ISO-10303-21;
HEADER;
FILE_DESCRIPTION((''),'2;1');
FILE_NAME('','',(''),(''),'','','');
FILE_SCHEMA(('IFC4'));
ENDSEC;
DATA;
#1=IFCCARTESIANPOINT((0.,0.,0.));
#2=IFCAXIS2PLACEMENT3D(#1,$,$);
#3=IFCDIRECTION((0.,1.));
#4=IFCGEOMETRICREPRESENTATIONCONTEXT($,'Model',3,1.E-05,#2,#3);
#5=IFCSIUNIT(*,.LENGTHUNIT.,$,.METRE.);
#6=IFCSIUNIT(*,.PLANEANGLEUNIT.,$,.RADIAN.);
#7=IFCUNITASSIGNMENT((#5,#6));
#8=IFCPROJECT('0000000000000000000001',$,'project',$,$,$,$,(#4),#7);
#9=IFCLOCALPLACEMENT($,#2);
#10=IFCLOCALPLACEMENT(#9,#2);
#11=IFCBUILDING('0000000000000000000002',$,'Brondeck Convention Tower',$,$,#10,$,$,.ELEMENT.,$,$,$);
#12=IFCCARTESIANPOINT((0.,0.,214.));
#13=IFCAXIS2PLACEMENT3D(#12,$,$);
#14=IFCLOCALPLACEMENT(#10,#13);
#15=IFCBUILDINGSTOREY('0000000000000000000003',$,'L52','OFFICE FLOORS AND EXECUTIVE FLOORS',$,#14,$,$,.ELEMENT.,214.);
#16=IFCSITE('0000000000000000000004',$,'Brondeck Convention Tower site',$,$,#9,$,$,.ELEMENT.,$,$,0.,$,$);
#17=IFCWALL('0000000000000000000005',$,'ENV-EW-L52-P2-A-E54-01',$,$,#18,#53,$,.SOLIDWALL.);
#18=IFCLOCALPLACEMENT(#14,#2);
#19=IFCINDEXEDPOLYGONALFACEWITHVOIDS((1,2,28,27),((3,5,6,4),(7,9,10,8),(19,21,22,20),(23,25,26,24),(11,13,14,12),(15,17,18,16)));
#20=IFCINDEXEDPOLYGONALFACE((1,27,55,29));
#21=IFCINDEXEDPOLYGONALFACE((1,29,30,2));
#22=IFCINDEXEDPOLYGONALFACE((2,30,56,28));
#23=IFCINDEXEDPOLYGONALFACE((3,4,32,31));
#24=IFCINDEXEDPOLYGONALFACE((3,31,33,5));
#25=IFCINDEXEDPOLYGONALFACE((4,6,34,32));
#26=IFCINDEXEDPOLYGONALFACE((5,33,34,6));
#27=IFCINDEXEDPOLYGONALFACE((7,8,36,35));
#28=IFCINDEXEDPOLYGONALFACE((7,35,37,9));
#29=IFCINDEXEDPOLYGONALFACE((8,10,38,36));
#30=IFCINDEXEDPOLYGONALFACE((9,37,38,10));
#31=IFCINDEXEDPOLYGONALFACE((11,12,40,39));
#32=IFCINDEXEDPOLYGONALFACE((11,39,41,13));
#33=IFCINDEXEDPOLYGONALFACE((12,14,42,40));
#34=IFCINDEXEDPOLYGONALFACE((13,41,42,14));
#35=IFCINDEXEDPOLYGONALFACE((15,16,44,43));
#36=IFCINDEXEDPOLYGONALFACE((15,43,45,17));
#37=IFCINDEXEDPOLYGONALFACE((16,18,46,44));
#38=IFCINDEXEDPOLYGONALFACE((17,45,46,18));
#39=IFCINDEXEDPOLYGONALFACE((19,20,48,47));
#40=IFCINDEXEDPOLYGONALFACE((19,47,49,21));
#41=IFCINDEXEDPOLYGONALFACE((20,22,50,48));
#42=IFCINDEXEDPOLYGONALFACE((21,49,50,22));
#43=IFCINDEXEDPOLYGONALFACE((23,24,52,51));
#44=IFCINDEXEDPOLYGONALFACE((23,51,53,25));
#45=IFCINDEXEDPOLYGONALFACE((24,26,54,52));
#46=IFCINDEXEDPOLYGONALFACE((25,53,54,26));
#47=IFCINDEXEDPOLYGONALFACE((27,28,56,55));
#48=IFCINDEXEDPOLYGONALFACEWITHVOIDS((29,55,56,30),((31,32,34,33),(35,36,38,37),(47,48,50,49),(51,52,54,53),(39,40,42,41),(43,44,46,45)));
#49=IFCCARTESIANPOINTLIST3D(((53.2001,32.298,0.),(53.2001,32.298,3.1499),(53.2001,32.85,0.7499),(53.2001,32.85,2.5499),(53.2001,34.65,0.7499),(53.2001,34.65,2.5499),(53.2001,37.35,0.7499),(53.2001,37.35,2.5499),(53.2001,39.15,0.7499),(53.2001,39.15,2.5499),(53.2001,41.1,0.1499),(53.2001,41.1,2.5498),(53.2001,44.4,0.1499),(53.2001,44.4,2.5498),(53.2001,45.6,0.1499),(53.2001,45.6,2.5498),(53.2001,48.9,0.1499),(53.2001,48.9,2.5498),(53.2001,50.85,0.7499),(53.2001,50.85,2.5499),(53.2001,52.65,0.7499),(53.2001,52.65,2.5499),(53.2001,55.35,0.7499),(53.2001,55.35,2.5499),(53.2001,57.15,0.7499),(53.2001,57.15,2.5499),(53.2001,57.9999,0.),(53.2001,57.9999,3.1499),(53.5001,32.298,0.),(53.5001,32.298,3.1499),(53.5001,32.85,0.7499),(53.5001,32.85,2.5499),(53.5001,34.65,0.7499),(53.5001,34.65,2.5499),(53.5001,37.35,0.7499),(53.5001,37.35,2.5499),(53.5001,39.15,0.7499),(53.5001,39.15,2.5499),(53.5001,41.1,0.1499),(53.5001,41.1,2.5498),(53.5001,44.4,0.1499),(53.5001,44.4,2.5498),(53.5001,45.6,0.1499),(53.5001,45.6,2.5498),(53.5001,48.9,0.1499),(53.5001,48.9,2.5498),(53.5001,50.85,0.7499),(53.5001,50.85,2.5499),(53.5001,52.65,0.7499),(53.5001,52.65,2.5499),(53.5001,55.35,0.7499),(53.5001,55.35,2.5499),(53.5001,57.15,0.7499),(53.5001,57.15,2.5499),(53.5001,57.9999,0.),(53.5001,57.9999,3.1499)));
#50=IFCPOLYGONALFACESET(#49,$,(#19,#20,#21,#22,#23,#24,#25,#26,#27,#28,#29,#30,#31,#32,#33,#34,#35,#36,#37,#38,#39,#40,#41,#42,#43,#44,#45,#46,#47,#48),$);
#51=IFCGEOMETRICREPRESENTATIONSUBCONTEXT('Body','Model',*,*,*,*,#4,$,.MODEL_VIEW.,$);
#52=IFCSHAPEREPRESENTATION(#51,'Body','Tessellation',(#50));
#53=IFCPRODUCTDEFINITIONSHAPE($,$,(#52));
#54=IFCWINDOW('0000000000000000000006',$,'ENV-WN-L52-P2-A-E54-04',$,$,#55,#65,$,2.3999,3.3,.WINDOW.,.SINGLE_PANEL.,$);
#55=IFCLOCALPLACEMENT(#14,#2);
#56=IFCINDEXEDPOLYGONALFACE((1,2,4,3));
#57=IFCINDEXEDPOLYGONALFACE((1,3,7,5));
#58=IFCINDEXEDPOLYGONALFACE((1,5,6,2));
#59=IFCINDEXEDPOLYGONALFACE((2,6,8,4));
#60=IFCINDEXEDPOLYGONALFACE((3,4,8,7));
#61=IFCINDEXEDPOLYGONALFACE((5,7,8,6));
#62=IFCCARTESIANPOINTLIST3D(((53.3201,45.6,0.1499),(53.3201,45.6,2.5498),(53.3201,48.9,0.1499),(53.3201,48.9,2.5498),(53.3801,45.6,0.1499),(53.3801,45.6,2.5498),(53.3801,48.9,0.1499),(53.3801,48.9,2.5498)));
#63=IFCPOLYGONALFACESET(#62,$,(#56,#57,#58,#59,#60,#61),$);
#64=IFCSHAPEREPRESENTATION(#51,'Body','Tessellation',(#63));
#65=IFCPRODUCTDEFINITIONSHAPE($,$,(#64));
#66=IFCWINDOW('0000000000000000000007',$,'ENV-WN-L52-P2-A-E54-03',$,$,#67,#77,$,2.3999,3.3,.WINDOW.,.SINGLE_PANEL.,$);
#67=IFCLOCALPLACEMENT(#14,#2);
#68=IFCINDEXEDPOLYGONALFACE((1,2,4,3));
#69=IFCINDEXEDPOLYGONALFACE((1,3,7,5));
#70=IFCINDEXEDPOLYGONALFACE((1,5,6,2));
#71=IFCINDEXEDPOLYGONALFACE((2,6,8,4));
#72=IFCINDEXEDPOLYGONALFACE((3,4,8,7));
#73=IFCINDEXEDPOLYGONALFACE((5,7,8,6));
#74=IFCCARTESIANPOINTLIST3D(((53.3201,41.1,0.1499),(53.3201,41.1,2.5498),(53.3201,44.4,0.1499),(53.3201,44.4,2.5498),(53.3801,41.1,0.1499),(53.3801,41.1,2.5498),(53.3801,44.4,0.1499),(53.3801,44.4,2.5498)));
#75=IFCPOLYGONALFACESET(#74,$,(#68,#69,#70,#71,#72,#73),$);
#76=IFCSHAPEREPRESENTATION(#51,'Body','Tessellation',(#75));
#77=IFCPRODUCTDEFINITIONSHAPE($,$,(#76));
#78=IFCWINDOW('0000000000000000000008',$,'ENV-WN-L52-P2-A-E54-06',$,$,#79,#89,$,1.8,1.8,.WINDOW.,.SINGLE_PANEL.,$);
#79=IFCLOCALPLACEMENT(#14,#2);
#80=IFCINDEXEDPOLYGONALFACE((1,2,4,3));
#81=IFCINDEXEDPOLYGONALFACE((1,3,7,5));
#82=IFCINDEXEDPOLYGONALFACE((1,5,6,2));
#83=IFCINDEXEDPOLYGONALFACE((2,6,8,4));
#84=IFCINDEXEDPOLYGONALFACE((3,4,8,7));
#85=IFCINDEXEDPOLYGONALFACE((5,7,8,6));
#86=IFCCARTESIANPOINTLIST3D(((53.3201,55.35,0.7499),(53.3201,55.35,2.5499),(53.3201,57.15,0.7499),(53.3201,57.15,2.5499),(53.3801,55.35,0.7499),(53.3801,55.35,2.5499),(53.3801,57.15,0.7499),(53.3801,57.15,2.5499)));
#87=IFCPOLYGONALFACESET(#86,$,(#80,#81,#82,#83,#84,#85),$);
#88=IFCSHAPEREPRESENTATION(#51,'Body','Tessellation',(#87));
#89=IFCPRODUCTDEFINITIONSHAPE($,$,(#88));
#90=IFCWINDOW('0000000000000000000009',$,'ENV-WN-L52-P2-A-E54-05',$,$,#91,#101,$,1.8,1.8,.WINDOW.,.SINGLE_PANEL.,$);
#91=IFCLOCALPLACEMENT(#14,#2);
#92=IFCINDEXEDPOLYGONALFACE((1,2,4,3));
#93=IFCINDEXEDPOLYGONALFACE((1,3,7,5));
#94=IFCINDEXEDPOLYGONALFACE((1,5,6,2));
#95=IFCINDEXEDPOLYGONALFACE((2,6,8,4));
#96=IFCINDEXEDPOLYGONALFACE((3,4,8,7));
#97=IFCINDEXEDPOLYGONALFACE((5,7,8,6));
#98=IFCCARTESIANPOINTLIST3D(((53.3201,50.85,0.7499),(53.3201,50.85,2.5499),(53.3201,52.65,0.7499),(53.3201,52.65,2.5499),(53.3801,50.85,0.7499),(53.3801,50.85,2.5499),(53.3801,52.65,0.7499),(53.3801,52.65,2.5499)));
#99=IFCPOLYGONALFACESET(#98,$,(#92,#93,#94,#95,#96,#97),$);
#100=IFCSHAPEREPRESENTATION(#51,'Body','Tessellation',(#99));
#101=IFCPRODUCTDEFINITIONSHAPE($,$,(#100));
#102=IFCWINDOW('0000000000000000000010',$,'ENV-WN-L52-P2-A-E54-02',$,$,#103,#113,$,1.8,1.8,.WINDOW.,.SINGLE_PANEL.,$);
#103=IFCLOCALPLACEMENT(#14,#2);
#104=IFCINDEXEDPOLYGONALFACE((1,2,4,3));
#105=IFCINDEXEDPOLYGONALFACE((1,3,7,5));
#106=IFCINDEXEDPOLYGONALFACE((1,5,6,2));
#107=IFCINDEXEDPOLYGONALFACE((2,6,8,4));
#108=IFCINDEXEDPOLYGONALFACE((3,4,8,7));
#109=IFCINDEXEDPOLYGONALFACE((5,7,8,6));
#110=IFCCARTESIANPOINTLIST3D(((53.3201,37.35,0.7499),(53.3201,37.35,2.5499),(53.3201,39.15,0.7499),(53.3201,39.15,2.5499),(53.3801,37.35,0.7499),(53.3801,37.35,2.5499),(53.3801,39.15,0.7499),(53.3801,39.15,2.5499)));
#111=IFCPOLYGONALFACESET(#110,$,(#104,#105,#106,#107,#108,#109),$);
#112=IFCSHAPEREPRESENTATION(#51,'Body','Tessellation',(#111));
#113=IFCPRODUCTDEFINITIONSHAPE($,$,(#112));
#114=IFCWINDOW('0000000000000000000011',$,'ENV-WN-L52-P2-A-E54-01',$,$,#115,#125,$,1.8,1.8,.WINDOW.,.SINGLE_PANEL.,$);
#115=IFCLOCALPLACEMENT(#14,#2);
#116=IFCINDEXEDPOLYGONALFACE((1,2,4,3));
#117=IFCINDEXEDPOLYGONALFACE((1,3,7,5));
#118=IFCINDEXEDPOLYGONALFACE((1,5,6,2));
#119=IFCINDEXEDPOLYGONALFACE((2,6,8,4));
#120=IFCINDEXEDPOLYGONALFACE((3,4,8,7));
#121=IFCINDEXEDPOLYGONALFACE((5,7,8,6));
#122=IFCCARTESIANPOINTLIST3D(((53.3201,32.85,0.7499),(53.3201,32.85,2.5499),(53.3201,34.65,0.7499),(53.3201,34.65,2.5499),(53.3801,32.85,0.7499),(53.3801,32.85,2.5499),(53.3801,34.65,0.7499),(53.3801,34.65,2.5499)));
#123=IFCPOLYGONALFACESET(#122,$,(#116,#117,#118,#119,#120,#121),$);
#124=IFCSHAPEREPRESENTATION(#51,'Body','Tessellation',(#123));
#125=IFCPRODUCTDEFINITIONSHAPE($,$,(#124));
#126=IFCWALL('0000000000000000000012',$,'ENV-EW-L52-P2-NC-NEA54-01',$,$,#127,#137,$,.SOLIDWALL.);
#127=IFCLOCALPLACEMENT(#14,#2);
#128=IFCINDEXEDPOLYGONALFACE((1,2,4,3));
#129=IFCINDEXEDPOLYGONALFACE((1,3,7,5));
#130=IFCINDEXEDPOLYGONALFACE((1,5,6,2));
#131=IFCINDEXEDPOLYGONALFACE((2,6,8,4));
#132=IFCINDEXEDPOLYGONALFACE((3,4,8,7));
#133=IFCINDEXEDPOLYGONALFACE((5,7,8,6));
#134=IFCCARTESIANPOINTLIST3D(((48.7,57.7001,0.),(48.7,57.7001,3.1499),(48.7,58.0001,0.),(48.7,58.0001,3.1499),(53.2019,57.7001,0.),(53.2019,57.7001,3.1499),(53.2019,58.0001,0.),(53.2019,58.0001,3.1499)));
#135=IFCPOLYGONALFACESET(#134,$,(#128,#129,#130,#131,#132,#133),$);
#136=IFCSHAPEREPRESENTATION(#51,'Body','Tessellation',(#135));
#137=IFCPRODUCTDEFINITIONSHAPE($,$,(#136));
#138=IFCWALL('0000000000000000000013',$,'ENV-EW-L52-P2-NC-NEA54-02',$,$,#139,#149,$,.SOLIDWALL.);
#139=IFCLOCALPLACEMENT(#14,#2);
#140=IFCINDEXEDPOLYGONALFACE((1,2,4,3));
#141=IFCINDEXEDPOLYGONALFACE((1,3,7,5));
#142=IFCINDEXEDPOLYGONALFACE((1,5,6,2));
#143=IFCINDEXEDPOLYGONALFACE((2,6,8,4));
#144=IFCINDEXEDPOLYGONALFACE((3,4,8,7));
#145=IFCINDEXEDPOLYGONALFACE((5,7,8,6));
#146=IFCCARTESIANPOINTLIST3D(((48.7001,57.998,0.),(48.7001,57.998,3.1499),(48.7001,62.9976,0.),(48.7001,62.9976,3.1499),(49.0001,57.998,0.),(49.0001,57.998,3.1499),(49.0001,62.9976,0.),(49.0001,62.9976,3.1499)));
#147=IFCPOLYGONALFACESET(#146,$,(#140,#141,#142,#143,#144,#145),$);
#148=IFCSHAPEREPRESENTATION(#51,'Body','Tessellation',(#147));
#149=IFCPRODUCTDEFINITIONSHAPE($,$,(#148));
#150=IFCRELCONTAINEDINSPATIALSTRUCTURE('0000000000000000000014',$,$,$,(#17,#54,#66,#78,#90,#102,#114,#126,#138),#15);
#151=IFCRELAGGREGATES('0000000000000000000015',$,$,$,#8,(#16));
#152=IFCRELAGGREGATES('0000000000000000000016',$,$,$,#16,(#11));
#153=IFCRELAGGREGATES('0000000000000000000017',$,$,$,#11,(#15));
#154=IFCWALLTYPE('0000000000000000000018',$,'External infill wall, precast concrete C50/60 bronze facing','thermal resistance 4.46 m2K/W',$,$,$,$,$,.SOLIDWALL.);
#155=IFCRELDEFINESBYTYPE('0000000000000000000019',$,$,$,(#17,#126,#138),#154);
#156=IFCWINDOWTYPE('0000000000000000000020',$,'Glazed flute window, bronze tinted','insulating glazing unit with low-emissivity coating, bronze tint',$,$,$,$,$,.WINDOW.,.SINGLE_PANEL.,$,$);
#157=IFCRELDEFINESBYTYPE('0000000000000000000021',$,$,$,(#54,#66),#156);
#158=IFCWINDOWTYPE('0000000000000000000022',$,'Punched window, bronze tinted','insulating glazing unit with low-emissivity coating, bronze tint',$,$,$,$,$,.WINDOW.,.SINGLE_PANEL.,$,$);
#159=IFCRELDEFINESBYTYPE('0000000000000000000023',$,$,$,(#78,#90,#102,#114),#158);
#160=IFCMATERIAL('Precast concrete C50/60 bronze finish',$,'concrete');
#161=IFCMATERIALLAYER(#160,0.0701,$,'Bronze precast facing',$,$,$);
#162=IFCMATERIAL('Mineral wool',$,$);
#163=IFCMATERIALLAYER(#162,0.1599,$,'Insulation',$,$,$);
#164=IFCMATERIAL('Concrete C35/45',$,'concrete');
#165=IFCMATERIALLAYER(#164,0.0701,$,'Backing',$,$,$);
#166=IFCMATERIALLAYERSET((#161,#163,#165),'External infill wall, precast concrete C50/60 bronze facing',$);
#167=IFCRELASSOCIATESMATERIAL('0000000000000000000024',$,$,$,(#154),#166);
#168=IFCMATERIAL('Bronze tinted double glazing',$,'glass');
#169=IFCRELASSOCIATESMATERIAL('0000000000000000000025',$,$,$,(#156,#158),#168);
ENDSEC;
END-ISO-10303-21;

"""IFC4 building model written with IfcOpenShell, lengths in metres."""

from ifc_helpers import new_model, si_unit, direction, frame, frame_2d, origin, place, context, subcontext, project, spatial, rectangle, extrude, material, layer, layer_set, type_object, element, fill, save


model = new_model("IFC4")

# Units and contexts
model_context = context("Model", 3, precision=1e-05, world=origin(), true_north=direction((0.0, 1.0)))
body_context = subcontext(model_context, "Body", "Model", "MODEL_VIEW")
ifc_project = project(units=[si_unit("LENGTHUNIT", "METRE"), si_unit("PLANEANGLEUNIT", "RADIAN")], contexts=[model_context])

# Site, building, storey
site_placement = place(None, origin())
site = spatial("IfcSite", under=ifc_project, at=site_placement, Name="Brondeck Convention Tower site", CompositionType="ELEMENT", RefElevation=0.0)
building_placement = place(site_placement, origin())
building = spatial("IfcBuilding", under=site, at=building_placement, Name="Brondeck Convention Tower", CompositionType="ELEMENT")
storey_placement = place(building_placement, frame((0.0, 0.0, 214.0)))
storey = spatial("IfcBuildingStorey", under=building, at=storey_placement, Name="L52", Description="OFFICE FLOORS AND EXECUTIVE FLOORS", CompositionType="ELEMENT", Elevation=214.0)

# Wall, openings, windows
ifc_material_1 = material(Name="Precast concrete C50/60 bronze finish", Category="concrete")
ifc_layer_1 = layer(ifc_material_1, 0.0701, Name="Bronze precast facing")
ifc_material_2 = material(Name="Mineral wool")
ifc_layer_2 = layer(ifc_material_2, 0.1599, Name="Insulation")
ifc_material_3 = material(Name="Concrete C35/45", Category="concrete")
ifc_layer_3 = layer(ifc_material_3, 0.0701, Name="Backing")
ifc_layer_set_1 = layer_set([ifc_layer_1, ifc_layer_2, ifc_layer_3], Name="External infill wall, precast concrete C50/60 bronze facing")
wall_type_1 = type_object("IfcWallType", Name="External infill wall, precast concrete C50/60 bronze facing", Description="thermal resistance 4.46 m2K/W", PredefinedType="SOLIDWALL", material=ifc_layer_set_1)
wall_1_placement = place(storey_placement, frame((53.3501, 58.0, 0.0), z_axis=(0.0, 0.0, 1.0), x_axis=(0.0, -1.0, 0.0)))
wall_1 = element("IfcWall", 1, at=wall_1_placement, inside=storey, type_object=wall_type_1, Name="ENV-EW-L52-P2-A-E54-01", PredefinedType="SOLIDWALL", context=body_context, shape_type="SweptSolid", body=[
    extrude(rectangle(XDim=25.7019, YDim=0.3, at=frame_2d((12.8511, 0.0))), origin(), (0.0, 0.0, 1.0), 3.1499),
])
opening_1_placement = place(wall_1_placement, frame((0.8501, 0.0, 0.75)))
opening_1 = element("IfcOpeningElement", 2, at=opening_1_placement, cuts=wall_1, PredefinedType="OPENING", context=body_context, shape_type="SweptSolid", body=[
    extrude(rectangle(XDim=1.8, YDim=1.8, at=frame_2d((0.8999, 0.8999))), frame((0.0, 0.1599, 0.0), z_axis=(0.0, -1.0, 0.0), x_axis=(1.0, 0.0, 0.0)), (0.0, 0.0, 1.0), 0.3201),
])
opening_2_placement = place(wall_1_placement, frame((5.3501, 0.0, 0.75)))
opening_2 = element("IfcOpeningElement", 3, at=opening_2_placement, cuts=wall_1, PredefinedType="OPENING", context=body_context, shape_type="SweptSolid", body=[
    extrude(rectangle(XDim=1.8, YDim=1.8, at=frame_2d((0.8999, 0.8999))), frame((0.0, 0.1599, 0.0), z_axis=(0.0, -1.0, 0.0), x_axis=(1.0, 0.0, 0.0)), (0.0, 0.0, 1.0), 0.3201),
])
opening_3_placement = place(wall_1_placement, frame((9.1001, 0.0, 0.1499)))
opening_3 = element("IfcOpeningElement", 4, at=opening_3_placement, cuts=wall_1, PredefinedType="OPENING", context=body_context, shape_type="SweptSolid", body=[
    extrude(rectangle(XDim=3.3, YDim=2.3999, at=frame_2d((1.6499, 1.2))), frame((0.0, 0.1599, 0.0), z_axis=(0.0, -1.0, 0.0), x_axis=(1.0, 0.0, 0.0)), (0.0, 0.0, 1.0), 0.3201),
])
opening_4_placement = place(wall_1_placement, frame((13.6001, 0.0, 0.1499)))
opening_4 = element("IfcOpeningElement", 5, at=opening_4_placement, cuts=wall_1, PredefinedType="OPENING", context=body_context, shape_type="SweptSolid", body=[
    extrude(rectangle(XDim=3.3, YDim=2.3999, at=frame_2d((1.6499, 1.2))), frame((0.0, 0.1599, 0.0), z_axis=(0.0, -1.0, 0.0), x_axis=(1.0, 0.0, 0.0)), (0.0, 0.0, 1.0), 0.3201),
])
opening_5_placement = place(wall_1_placement, frame((18.8501, 0.0, 0.75)))
opening_5 = element("IfcOpeningElement", 6, at=opening_5_placement, cuts=wall_1, PredefinedType="OPENING", context=body_context, shape_type="SweptSolid", body=[
    extrude(rectangle(XDim=1.8, YDim=1.8, at=frame_2d((0.8999, 0.8999))), frame((0.0, 0.1599, 0.0), z_axis=(0.0, -1.0, 0.0), x_axis=(1.0, 0.0, 0.0)), (0.0, 0.0, 1.0), 0.3201),
])
opening_6_placement = place(wall_1_placement, frame((23.3501, 0.0, 0.75)))
opening_6 = element("IfcOpeningElement", 7, at=opening_6_placement, cuts=wall_1, PredefinedType="OPENING", context=body_context, shape_type="SweptSolid", body=[
    extrude(rectangle(XDim=1.8, YDim=1.8, at=frame_2d((0.8999, 0.8999))), frame((0.0, 0.1599, 0.0), z_axis=(0.0, -1.0, 0.0), x_axis=(1.0, 0.0, 0.0)), (0.0, 0.0, 1.0), 0.3201),
])
ifc_material_4 = material(Name="Bronze tinted double glazing", Category="glass")
window_type_1 = type_object("IfcWindowType", Name="Glazed flute window, bronze tinted", Description="insulating glazing unit with low-emissivity coating, bronze tint", PartitioningType="SINGLE_PANEL", PredefinedType="WINDOW", material=ifc_material_4)
window_1_placement = place(opening_3_placement, origin())
window_1 = element("IfcWindow", 8, at=window_1_placement, inside=storey, type_object=window_type_1, Name="ENV-WN-L52-P2-A-E54-04", OverallHeight=2.3999, OverallWidth=3.3, PartitioningType="SINGLE_PANEL", PredefinedType="WINDOW", context=body_context, shape_type="SweptSolid", body=[
    extrude(rectangle(XDim=3.3, YDim=2.3999, at=frame_2d((1.6499, 1.2))), frame((0.0, 0.03, 0.0), z_axis=(0.0, -1.0, 0.0), x_axis=(1.0, 0.0, 0.0)), (0.0, 0.0, 1.0), 0.0601),
])
fill(opening_3, window_1)
window_2_placement = place(opening_4_placement, origin())
window_2 = element("IfcWindow", 9, at=window_2_placement, inside=storey, type_object=window_type_1, Name="ENV-WN-L52-P2-A-E54-03", OverallHeight=2.3999, OverallWidth=3.3, PartitioningType="SINGLE_PANEL", PredefinedType="WINDOW", context=body_context, shape_type="SweptSolid", body=[
    extrude(rectangle(XDim=3.3, YDim=2.3999, at=frame_2d((1.6499, 1.2))), frame((0.0, 0.03, 0.0), z_axis=(0.0, -1.0, 0.0), x_axis=(1.0, 0.0, 0.0)), (0.0, 0.0, 1.0), 0.0601),
])
fill(opening_4, window_2)
window_type_2 = type_object("IfcWindowType", Name="Punched window, bronze tinted", Description="insulating glazing unit with low-emissivity coating, bronze tint", PartitioningType="SINGLE_PANEL", PredefinedType="WINDOW", material=ifc_material_4)
window_3_placement = place(opening_1_placement, origin())
window_3 = element("IfcWindow", 10, at=window_3_placement, inside=storey, type_object=window_type_2, Name="ENV-WN-L52-P2-A-E54-06", OverallHeight=1.8, OverallWidth=1.8, PartitioningType="SINGLE_PANEL", PredefinedType="WINDOW", context=body_context, shape_type="SweptSolid", body=[
    extrude(rectangle(XDim=1.8, YDim=1.8, at=frame_2d((0.8999, 0.8999))), frame((0.0, 0.03, 0.0), z_axis=(0.0, -1.0, 0.0), x_axis=(1.0, 0.0, 0.0)), (0.0, 0.0, 1.0), 0.0601),
])
fill(opening_1, window_3)
window_4_placement = place(opening_2_placement, origin())
window_4 = element("IfcWindow", 11, at=window_4_placement, inside=storey, type_object=window_type_2, Name="ENV-WN-L52-P2-A-E54-05", OverallHeight=1.8, OverallWidth=1.8, PartitioningType="SINGLE_PANEL", PredefinedType="WINDOW", context=body_context, shape_type="SweptSolid", body=[
    extrude(rectangle(XDim=1.8, YDim=1.8, at=frame_2d((0.8999, 0.8999))), frame((0.0, 0.03, 0.0), z_axis=(0.0, -1.0, 0.0), x_axis=(1.0, 0.0, 0.0)), (0.0, 0.0, 1.0), 0.0601),
])
fill(opening_2, window_4)
window_5_placement = place(opening_5_placement, origin())
window_5 = element("IfcWindow", 12, at=window_5_placement, inside=storey, type_object=window_type_2, Name="ENV-WN-L52-P2-A-E54-02", OverallHeight=1.8, OverallWidth=1.8, PartitioningType="SINGLE_PANEL", PredefinedType="WINDOW", context=body_context, shape_type="SweptSolid", body=[
    extrude(rectangle(XDim=1.8, YDim=1.8, at=frame_2d((0.8999, 0.8999))), frame((0.0, 0.03, 0.0), z_axis=(0.0, -1.0, 0.0), x_axis=(1.0, 0.0, 0.0)), (0.0, 0.0, 1.0), 0.0601),
])
fill(opening_5, window_5)
window_6_placement = place(opening_6_placement, origin())
window_6 = element("IfcWindow", 13, at=window_6_placement, inside=storey, type_object=window_type_2, Name="ENV-WN-L52-P2-A-E54-01", OverallHeight=1.8, OverallWidth=1.8, PartitioningType="SINGLE_PANEL", PredefinedType="WINDOW", context=body_context, shape_type="SweptSolid", body=[
    extrude(rectangle(XDim=1.8, YDim=1.8, at=frame_2d((0.8999, 0.8999))), frame((0.0, 0.03, 0.0), z_axis=(0.0, -1.0, 0.0), x_axis=(1.0, 0.0, 0.0)), (0.0, 0.0, 1.0), 0.0601),
])
fill(opening_6, window_6)

# Walls
wall_2_placement = place(storey_placement, frame((48.7, 57.8501, 0.0), z_axis=(0.0, 0.0, 1.0), x_axis=(1.0, 0.0, 0.0)))
element("IfcWall", 14, at=wall_2_placement, inside=storey, type_object=wall_type_1, Name="ENV-EW-L52-P2-NC-NEA54-01", PredefinedType="SOLIDWALL", context=body_context, shape_type="SweptSolid", body=[
    extrude(rectangle(XDim=4.502, YDim=0.3, at=frame_2d((2.251, 0.0))), origin(), (0.0, 0.0, 1.0), 3.1499),
])
wall_3_placement = place(storey_placement, frame((48.8501, 62.9976, 0.0), z_axis=(0.0, 0.0, 1.0), x_axis=(0.0, -1.0, 0.0)))
element("IfcWall", 15, at=wall_3_placement, inside=storey, type_object=wall_type_1, Name="ENV-EW-L52-P2-NC-NEA54-02", PredefinedType="SOLIDWALL", context=body_context, shape_type="SweptSolid", body=[
    extrude(rectangle(XDim=4.9995, YDim=0.3, at=frame_2d((2.4998, 0.0))), origin(), (0.0, 0.0, 1.0), 3.1499),
])

save(model, "model.ifc")
